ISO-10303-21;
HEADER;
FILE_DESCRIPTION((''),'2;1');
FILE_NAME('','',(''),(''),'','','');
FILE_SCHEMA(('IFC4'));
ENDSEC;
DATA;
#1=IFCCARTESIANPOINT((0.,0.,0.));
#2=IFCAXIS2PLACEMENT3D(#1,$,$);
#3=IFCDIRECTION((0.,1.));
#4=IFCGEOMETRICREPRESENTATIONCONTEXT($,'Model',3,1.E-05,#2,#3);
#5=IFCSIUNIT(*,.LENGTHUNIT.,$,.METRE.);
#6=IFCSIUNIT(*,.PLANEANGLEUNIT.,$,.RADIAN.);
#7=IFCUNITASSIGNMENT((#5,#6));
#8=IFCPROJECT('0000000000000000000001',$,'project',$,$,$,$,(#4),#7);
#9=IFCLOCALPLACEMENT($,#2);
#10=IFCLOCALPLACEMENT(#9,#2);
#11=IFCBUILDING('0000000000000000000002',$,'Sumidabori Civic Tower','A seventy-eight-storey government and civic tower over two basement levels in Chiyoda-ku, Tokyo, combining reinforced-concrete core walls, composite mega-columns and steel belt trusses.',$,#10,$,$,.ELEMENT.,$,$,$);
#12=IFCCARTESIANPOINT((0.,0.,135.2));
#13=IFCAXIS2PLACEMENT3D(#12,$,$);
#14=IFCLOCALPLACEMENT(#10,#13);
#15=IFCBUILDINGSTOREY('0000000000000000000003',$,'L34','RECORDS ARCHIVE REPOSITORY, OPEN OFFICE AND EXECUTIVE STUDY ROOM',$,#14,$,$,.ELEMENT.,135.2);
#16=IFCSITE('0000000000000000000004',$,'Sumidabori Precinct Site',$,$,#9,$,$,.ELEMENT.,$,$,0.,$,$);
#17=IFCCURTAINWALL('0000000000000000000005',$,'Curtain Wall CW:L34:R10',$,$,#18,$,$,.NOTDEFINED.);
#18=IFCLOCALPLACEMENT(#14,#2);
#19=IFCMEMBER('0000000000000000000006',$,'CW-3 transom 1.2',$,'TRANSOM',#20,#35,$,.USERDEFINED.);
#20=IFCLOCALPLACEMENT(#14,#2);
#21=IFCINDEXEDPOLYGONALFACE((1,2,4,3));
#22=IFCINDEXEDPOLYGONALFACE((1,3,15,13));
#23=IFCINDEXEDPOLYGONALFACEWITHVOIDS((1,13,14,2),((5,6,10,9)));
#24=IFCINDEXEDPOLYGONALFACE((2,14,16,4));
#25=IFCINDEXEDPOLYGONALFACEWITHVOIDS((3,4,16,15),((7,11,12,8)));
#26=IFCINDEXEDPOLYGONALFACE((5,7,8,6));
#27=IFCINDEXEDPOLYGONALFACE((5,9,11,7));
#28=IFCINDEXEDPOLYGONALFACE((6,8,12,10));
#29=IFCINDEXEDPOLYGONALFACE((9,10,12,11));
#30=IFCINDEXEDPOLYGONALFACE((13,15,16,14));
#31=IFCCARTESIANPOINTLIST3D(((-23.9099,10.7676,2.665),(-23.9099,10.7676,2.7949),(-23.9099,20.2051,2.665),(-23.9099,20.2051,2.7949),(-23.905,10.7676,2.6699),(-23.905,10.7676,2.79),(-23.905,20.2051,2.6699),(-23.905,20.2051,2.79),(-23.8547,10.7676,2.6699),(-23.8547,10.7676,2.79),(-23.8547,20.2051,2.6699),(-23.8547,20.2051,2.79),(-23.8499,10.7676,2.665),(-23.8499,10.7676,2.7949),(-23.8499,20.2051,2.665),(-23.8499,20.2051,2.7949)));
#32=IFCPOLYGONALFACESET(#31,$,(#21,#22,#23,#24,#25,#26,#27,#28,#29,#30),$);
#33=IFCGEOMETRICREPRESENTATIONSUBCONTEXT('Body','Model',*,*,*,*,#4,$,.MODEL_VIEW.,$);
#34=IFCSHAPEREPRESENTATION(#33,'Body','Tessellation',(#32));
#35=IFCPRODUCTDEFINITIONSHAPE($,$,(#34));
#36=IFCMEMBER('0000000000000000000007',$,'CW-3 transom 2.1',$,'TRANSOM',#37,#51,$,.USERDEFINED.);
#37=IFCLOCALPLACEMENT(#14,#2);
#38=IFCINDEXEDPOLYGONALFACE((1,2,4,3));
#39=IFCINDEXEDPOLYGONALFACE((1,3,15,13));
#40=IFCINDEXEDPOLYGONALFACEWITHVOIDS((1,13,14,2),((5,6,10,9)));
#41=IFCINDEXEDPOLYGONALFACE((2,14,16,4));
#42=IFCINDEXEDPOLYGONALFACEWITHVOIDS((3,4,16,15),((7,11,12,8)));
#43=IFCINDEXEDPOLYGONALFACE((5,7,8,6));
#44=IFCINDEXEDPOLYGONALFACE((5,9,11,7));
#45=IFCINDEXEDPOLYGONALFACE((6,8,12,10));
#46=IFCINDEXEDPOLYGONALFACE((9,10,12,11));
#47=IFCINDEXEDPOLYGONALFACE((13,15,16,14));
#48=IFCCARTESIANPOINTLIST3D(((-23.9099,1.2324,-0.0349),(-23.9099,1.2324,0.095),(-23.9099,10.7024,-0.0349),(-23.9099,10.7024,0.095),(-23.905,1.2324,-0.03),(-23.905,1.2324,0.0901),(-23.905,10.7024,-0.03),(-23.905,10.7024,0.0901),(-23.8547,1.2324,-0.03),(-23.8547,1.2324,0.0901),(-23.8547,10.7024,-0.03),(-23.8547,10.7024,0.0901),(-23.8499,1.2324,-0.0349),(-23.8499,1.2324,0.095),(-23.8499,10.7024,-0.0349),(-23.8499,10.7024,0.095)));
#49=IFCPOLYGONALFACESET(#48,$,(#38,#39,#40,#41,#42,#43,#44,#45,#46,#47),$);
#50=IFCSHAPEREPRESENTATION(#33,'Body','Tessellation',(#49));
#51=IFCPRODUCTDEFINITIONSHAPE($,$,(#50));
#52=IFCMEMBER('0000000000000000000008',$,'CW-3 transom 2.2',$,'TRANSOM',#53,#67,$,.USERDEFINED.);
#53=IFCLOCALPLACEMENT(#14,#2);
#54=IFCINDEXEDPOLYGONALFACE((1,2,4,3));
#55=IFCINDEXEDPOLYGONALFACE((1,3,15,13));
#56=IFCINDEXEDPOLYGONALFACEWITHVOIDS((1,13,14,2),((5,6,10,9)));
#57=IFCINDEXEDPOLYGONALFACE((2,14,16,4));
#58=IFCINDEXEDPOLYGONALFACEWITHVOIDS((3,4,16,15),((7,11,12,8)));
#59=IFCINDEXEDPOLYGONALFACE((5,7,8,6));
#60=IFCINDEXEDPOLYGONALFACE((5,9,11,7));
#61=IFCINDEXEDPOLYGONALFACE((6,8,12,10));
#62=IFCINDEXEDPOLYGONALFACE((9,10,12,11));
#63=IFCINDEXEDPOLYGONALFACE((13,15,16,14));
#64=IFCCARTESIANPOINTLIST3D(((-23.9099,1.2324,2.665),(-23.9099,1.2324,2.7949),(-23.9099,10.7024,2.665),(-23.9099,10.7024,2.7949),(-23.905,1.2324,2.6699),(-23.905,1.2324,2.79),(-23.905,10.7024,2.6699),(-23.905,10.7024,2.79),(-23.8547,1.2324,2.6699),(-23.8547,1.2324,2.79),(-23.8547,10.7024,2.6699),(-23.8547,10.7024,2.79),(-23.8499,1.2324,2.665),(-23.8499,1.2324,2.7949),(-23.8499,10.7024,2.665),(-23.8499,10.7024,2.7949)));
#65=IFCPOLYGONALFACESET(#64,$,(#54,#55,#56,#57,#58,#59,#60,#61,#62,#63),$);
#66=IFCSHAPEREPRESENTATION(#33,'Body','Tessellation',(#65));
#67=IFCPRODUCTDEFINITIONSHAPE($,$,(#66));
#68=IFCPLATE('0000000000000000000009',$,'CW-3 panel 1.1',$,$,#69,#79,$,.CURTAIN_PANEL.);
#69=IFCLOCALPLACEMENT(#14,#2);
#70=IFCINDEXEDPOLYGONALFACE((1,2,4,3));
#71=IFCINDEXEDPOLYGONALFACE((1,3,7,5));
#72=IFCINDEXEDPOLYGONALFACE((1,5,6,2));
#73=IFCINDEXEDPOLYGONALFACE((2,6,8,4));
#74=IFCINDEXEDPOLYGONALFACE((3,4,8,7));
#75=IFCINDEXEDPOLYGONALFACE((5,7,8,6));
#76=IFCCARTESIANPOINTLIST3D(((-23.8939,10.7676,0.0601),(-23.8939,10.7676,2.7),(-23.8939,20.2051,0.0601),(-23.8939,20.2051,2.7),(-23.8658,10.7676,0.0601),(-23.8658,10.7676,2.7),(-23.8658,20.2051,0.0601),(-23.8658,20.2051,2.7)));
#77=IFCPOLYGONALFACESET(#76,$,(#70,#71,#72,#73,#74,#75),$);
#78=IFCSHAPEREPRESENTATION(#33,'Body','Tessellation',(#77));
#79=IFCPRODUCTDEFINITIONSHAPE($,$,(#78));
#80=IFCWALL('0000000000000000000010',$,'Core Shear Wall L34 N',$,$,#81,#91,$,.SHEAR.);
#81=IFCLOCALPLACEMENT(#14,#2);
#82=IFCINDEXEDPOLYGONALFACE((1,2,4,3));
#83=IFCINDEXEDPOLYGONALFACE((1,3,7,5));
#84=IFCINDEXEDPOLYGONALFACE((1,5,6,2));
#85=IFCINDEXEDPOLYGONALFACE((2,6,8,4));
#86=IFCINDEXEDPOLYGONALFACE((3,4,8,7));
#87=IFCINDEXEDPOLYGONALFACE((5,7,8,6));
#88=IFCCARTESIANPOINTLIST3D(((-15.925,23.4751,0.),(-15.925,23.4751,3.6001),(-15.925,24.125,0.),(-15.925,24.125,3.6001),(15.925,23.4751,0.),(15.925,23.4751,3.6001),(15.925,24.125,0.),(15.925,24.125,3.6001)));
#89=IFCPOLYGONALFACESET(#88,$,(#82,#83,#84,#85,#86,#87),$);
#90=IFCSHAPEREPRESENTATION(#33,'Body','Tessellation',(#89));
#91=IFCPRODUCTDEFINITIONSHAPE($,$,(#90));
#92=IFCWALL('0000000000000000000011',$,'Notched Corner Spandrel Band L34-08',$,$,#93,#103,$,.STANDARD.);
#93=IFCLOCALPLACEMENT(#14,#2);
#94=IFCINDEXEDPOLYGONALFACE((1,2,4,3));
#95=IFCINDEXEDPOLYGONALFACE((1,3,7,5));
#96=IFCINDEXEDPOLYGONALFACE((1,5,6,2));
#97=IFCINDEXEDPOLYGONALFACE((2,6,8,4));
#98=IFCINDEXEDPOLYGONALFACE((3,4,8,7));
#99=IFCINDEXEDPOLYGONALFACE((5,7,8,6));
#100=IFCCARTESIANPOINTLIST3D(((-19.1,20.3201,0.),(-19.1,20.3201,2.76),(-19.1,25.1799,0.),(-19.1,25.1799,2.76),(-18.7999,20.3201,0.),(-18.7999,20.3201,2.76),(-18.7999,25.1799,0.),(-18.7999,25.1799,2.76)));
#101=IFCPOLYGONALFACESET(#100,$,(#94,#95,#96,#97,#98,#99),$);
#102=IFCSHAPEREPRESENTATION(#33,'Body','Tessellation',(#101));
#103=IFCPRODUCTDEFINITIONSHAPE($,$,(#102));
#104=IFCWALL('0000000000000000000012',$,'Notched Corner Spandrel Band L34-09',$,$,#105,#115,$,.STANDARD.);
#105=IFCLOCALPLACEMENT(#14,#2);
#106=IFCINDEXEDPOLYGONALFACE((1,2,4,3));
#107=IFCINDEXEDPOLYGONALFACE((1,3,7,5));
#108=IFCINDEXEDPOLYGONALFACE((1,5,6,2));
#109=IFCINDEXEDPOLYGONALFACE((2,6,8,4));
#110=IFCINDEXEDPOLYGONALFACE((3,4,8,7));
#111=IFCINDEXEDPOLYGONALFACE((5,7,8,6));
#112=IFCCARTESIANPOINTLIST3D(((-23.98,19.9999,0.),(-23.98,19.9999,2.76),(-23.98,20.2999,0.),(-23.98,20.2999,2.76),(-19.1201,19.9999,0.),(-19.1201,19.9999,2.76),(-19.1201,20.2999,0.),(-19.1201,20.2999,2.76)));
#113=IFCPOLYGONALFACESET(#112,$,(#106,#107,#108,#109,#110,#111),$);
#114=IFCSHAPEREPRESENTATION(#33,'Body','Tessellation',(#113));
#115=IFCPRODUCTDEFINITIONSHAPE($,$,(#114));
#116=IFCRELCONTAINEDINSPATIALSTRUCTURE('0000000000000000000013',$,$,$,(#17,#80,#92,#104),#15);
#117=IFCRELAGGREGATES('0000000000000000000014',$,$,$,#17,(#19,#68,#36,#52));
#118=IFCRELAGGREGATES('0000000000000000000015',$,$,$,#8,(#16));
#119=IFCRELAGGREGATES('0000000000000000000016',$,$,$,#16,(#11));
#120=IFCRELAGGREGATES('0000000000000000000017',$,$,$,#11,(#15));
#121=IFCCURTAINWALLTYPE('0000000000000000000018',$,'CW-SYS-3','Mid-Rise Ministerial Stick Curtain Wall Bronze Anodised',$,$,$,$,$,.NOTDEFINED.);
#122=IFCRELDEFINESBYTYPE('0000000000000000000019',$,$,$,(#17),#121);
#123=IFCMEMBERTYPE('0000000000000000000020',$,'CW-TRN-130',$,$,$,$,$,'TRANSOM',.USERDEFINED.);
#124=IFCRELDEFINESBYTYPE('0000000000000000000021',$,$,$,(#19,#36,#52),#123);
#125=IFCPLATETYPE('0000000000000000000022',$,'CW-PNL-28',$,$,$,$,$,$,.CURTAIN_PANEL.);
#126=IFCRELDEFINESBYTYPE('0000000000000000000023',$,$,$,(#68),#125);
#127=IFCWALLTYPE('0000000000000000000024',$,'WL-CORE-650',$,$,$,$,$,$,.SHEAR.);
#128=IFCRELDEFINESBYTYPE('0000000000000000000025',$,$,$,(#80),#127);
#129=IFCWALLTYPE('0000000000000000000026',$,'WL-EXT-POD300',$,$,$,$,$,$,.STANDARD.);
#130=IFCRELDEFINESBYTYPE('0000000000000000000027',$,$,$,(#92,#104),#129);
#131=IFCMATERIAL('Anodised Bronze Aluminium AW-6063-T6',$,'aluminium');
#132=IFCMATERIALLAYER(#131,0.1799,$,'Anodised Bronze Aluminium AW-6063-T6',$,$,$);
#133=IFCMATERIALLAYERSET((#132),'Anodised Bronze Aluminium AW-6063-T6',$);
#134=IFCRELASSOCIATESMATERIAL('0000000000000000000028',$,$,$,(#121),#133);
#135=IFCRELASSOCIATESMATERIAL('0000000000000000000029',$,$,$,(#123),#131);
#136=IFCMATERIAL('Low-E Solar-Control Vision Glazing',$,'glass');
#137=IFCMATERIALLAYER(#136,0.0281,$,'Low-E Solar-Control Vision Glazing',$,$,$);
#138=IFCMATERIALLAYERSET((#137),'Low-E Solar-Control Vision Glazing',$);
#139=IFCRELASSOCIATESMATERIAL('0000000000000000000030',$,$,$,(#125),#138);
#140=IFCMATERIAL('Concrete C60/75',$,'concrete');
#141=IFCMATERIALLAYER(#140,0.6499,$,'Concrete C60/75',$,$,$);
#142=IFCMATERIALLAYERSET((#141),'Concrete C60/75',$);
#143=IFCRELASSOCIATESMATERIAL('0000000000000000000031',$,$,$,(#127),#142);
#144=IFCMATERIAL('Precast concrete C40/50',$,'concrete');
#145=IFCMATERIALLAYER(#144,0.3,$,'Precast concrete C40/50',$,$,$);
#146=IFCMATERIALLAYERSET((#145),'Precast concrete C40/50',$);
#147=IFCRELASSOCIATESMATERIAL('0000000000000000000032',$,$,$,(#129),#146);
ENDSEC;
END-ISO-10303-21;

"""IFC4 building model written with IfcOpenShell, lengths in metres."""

from ifc_helpers import new_model, si_unit, direction, frame, frame_2d, origin, origin_2d, place, context, subcontext, project, spatial, rectangle, hollow_rectangle, extrude, source, transform, mapped, material, layer, layer_set, material_profile, profile_set, type_object, element, aggregate, save


model = new_model("IFC4")

# Units and contexts
model_context = context("Model", 3, precision=1e-05, world=origin(), true_north=direction((0.0, 1.0)))
body_context = subcontext(model_context, "Body", "Model", "MODEL_VIEW")
ifc_project = project(units=[si_unit("LENGTHUNIT", "METRE"), si_unit("PLANEANGLEUNIT", "RADIAN")], contexts=[model_context])

# Site, building, storey
site_placement = place(None, origin())
site = spatial("IfcSite", under=ifc_project, at=site_placement, Name="Sumidabori Precinct Site", CompositionType="ELEMENT", RefElevation=0.0)
building_placement = place(site_placement, origin())
building = spatial("IfcBuilding", under=site, at=building_placement, Name="Sumidabori Civic Tower", Description="A seventy-eight-storey government and civic tower over two basement levels in Chiyoda-ku, Tokyo, combining reinforced-concrete core walls, composite mega-columns and steel belt trusses.", CompositionType="ELEMENT")
storey_placement = place(building_placement, frame((0.0, 0.0, 135.2)))
storey = spatial("IfcBuildingStorey", under=building, at=storey_placement, Name="L34", Description="RECORDS ARCHIVE REPOSITORY, OPEN OFFICE AND EXECUTIVE STUDY ROOM", CompositionType="ELEMENT", Elevation=135.2)

# Shared definitions
ifc_material_1 = material(Name="Concrete C60/75", Category="concrete")

# Shared definitions
ifc_material_2 = material(Name="Anodised Bronze Aluminium AW-6063-T6", Category="aluminium")
ifc_layer_1 = layer(ifc_material_2, 0.1799, Name="Anodised Bronze Aluminium AW-6063-T6")
ifc_layer_set_1 = layer_set([ifc_layer_1], Name="Anodised Bronze Aluminium AW-6063-T6")
curtain_wall_type = type_object("IfcCurtainWallType", Name="CW-SYS-3", Description="Mid-Rise Ministerial Stick Curtain Wall Bronze Anodised", PredefinedType="NOTDEFINED", material=ifc_layer_set_1)

# Curtain wall, members, plate
curtain_wall_1_placement = place(storey_placement, origin())
curtain_wall_1 = element("IfcCurtainWall", 1, at=curtain_wall_1_placement, inside=storey, type_object=curtain_wall_type, Name="Curtain Wall CW:L34:R10", PredefinedType="NOTDEFINED")
ifc_material_profile_1 = material_profile(ifc_material_2, hollow_rectangle(XDim=0.0601, YDim=0.1299, WallThickness=0.0049, at=origin_2d()), Name="ALU TRANSOM 130x60")
ifc_profile_set_1 = profile_set([ifc_material_profile_1], Name="Anodised Bronze Aluminium AW-6063-T6")
member_type_1 = type_object("IfcMemberType", Name="CW-TRN-130", ElementType="TRANSOM", PredefinedType="USERDEFINED", material=ifc_profile_set_1)
shared_shape_1 = source(origin(), body_context, "Body", "SweptSolid", [
    extrude(hollow_rectangle(XDim=0.0601, YDim=0.1299, WallThickness=0.0049, at=origin_2d()), origin(), (0.0, 0.0, 1.0), 9.4375),
])
member_1_placement = place(storey_placement, frame((-23.8799, 20.2051, 2.73), z_axis=(0.0, -1.0, 0.0), x_axis=(1.0, 0.0, 0.0)))
member_1 = element("IfcMember", 2, at=member_1_placement, type_object=member_type_1, Name="CW-3 transom 1.2", ObjectType="TRANSOM", PredefinedType="USERDEFINED", context=body_context, shape_type="MappedRepresentation", body=[
    mapped(shared_shape_1, transform((0.0, 0.0, 0.0), x_axis=(1.0, 0.0, 0.0), y_axis=(0.0, 1.0, 0.0), z_axis=(0.0, 0.0, 1.0), scale=1.0)),
])
shared_shape_2 = source(origin(), body_context, "Body", "SweptSolid", [
    extrude(hollow_rectangle(XDim=0.0601, YDim=0.1299, WallThickness=0.0049, at=origin_2d()), origin(), (0.0, 0.0, 1.0), 9.47),
])
member_2_placement = place(storey_placement, frame((-23.8799, 10.7024, 0.03), z_axis=(0.0, -1.0, 0.0), x_axis=(1.0, 0.0, 0.0)))
member_2 = element("IfcMember", 3, at=member_2_placement, type_object=member_type_1, Name="CW-3 transom 2.1", ObjectType="TRANSOM", PredefinedType="USERDEFINED", context=body_context, shape_type="MappedRepresentation", body=[
    mapped(shared_shape_2, transform((0.0, 0.0, 0.0), x_axis=(1.0, 0.0, 0.0), y_axis=(0.0, 1.0, 0.0), z_axis=(0.0, 0.0, 1.0), scale=1.0)),
])
member_3_placement = place(storey_placement, frame((-23.8799, 10.7024, 2.73), z_axis=(0.0, -1.0, 0.0), x_axis=(1.0, 0.0, 0.0)))
member_3 = element("IfcMember", 4, at=member_3_placement, type_object=member_type_1, Name="CW-3 transom 2.2", ObjectType="TRANSOM", PredefinedType="USERDEFINED", context=body_context, shape_type="MappedRepresentation", body=[
    mapped(shared_shape_2, transform((0.0, 0.0, 0.0), x_axis=(1.0, 0.0, 0.0), y_axis=(0.0, 1.0, 0.0), z_axis=(0.0, 0.0, 1.0), scale=1.0)),
])
ifc_material_3 = material(Name="Low-E Solar-Control Vision Glazing", Category="glass")
ifc_layer_2 = layer(ifc_material_3, 0.0281, Name="Low-E Solar-Control Vision Glazing")
ifc_layer_set_2 = layer_set([ifc_layer_2], Name="Low-E Solar-Control Vision Glazing")
plate_type = type_object("IfcPlateType", Name="CW-PNL-28", PredefinedType="CURTAIN_PANEL", material=ifc_layer_set_2)
shared_shape_3 = source(origin(), body_context, "Body", "SweptSolid", [
    extrude(rectangle(XDim=9.4375, YDim=0.0281, at=origin_2d()), origin(), (0.0, 0.0, 1.0), 2.6399),
])
plate_placement = place(storey_placement, frame((-23.8799, 15.4863, 0.0601), z_axis=(0.0, 0.0, 1.0), x_axis=(0.0, -1.0, 0.0)))
plate = element("IfcPlate", 5, at=plate_placement, type_object=plate_type, Name="CW-3 panel 1.1", PredefinedType="CURTAIN_PANEL", context=body_context, shape_type="MappedRepresentation", body=[
    mapped(shared_shape_3, transform((0.0, 0.0, 0.0), x_axis=(1.0, 0.0, 0.0), y_axis=(0.0, 1.0, 0.0), z_axis=(0.0, 0.0, 1.0), scale=1.0)),
])
aggregate(curtain_wall_1, [member_1, plate, member_2, member_3])

# Walls
ifc_layer_3 = layer(ifc_material_1, 0.6499, Name="Concrete C60/75")
ifc_layer_set_3 = layer_set([ifc_layer_3], Name="Concrete C60/75")
wall_type_1 = type_object("IfcWallType", Name="WL-CORE-650", PredefinedType="SHEAR", material=ifc_layer_set_3)
shared_shape_4 = source(origin(), body_context, "Body", "SweptSolid", [
    extrude(rectangle(XDim=31.8501, YDim=0.6499, at=frame_2d((15.925, 0.0))), origin(), (0.0, 0.0, 1.0), 3.6001),
])
wall_placement = place(storey_placement, frame((-15.925, 23.8, 0.0), z_axis=(0.0, 0.0, 1.0), x_axis=(1.0, 0.0, 0.0)))
element("IfcWall", 6, at=wall_placement, inside=storey, type_object=wall_type_1, Name="Core Shear Wall L34 N", PredefinedType="SHEAR", context=body_context, shape_type="MappedRepresentation", body=[
    mapped(shared_shape_4, transform((0.0, 0.0, 0.0), x_axis=(1.0, 0.0, 0.0), y_axis=(0.0, 1.0, 0.0), z_axis=(0.0, 0.0, 1.0), scale=1.0)),
])
ifc_material_4 = material(Name="Precast concrete C40/50", Category="concrete")
ifc_layer_4 = layer(ifc_material_4, 0.3, Name="Precast concrete C40/50")
ifc_layer_set_4 = layer_set([ifc_layer_4], Name="Precast concrete C40/50")
wall_type_2 = type_object("IfcWallType", Name="WL-EXT-POD300", PredefinedType="STANDARD", material=ifc_layer_set_4)
shared_shape_5 = source(origin(), body_context, "Body", "SweptSolid", [
    extrude(rectangle(XDim=4.8599, YDim=0.3, at=frame_2d((2.4299, 0.0))), origin(), (0.0, 0.0, 1.0), 2.76),
])
for number, where, z_axis, x_axis, name in (
    (7, (-18.95, 25.1799, 0.0), (0.0, 0.0, 1.0), (0.0, -1.0, 0.0), "Notched Corner Spandrel Band L34-08"),
    (8, (-19.1201, 20.1499, 0.0), (0.0, 0.0, 1.0), (-1.0, 0.0, 0.0), "Notched Corner Spandrel Band L34-09"),
):
    element("IfcWall", number, at=place(storey_placement, frame(where, z_axis=z_axis, x_axis=x_axis)), inside=storey, type_object=wall_type_2, Name=name, PredefinedType="STANDARD", context=body_context, shape_type="MappedRepresentation", body=[
        mapped(shared_shape_5, transform((0.0, 0.0, 0.0), x_axis=(1.0, 0.0, 0.0), y_axis=(0.0, 1.0, 0.0), z_axis=(0.0, 0.0, 1.0), scale=1.0)),
    ])

save(model, "model.ifc")
